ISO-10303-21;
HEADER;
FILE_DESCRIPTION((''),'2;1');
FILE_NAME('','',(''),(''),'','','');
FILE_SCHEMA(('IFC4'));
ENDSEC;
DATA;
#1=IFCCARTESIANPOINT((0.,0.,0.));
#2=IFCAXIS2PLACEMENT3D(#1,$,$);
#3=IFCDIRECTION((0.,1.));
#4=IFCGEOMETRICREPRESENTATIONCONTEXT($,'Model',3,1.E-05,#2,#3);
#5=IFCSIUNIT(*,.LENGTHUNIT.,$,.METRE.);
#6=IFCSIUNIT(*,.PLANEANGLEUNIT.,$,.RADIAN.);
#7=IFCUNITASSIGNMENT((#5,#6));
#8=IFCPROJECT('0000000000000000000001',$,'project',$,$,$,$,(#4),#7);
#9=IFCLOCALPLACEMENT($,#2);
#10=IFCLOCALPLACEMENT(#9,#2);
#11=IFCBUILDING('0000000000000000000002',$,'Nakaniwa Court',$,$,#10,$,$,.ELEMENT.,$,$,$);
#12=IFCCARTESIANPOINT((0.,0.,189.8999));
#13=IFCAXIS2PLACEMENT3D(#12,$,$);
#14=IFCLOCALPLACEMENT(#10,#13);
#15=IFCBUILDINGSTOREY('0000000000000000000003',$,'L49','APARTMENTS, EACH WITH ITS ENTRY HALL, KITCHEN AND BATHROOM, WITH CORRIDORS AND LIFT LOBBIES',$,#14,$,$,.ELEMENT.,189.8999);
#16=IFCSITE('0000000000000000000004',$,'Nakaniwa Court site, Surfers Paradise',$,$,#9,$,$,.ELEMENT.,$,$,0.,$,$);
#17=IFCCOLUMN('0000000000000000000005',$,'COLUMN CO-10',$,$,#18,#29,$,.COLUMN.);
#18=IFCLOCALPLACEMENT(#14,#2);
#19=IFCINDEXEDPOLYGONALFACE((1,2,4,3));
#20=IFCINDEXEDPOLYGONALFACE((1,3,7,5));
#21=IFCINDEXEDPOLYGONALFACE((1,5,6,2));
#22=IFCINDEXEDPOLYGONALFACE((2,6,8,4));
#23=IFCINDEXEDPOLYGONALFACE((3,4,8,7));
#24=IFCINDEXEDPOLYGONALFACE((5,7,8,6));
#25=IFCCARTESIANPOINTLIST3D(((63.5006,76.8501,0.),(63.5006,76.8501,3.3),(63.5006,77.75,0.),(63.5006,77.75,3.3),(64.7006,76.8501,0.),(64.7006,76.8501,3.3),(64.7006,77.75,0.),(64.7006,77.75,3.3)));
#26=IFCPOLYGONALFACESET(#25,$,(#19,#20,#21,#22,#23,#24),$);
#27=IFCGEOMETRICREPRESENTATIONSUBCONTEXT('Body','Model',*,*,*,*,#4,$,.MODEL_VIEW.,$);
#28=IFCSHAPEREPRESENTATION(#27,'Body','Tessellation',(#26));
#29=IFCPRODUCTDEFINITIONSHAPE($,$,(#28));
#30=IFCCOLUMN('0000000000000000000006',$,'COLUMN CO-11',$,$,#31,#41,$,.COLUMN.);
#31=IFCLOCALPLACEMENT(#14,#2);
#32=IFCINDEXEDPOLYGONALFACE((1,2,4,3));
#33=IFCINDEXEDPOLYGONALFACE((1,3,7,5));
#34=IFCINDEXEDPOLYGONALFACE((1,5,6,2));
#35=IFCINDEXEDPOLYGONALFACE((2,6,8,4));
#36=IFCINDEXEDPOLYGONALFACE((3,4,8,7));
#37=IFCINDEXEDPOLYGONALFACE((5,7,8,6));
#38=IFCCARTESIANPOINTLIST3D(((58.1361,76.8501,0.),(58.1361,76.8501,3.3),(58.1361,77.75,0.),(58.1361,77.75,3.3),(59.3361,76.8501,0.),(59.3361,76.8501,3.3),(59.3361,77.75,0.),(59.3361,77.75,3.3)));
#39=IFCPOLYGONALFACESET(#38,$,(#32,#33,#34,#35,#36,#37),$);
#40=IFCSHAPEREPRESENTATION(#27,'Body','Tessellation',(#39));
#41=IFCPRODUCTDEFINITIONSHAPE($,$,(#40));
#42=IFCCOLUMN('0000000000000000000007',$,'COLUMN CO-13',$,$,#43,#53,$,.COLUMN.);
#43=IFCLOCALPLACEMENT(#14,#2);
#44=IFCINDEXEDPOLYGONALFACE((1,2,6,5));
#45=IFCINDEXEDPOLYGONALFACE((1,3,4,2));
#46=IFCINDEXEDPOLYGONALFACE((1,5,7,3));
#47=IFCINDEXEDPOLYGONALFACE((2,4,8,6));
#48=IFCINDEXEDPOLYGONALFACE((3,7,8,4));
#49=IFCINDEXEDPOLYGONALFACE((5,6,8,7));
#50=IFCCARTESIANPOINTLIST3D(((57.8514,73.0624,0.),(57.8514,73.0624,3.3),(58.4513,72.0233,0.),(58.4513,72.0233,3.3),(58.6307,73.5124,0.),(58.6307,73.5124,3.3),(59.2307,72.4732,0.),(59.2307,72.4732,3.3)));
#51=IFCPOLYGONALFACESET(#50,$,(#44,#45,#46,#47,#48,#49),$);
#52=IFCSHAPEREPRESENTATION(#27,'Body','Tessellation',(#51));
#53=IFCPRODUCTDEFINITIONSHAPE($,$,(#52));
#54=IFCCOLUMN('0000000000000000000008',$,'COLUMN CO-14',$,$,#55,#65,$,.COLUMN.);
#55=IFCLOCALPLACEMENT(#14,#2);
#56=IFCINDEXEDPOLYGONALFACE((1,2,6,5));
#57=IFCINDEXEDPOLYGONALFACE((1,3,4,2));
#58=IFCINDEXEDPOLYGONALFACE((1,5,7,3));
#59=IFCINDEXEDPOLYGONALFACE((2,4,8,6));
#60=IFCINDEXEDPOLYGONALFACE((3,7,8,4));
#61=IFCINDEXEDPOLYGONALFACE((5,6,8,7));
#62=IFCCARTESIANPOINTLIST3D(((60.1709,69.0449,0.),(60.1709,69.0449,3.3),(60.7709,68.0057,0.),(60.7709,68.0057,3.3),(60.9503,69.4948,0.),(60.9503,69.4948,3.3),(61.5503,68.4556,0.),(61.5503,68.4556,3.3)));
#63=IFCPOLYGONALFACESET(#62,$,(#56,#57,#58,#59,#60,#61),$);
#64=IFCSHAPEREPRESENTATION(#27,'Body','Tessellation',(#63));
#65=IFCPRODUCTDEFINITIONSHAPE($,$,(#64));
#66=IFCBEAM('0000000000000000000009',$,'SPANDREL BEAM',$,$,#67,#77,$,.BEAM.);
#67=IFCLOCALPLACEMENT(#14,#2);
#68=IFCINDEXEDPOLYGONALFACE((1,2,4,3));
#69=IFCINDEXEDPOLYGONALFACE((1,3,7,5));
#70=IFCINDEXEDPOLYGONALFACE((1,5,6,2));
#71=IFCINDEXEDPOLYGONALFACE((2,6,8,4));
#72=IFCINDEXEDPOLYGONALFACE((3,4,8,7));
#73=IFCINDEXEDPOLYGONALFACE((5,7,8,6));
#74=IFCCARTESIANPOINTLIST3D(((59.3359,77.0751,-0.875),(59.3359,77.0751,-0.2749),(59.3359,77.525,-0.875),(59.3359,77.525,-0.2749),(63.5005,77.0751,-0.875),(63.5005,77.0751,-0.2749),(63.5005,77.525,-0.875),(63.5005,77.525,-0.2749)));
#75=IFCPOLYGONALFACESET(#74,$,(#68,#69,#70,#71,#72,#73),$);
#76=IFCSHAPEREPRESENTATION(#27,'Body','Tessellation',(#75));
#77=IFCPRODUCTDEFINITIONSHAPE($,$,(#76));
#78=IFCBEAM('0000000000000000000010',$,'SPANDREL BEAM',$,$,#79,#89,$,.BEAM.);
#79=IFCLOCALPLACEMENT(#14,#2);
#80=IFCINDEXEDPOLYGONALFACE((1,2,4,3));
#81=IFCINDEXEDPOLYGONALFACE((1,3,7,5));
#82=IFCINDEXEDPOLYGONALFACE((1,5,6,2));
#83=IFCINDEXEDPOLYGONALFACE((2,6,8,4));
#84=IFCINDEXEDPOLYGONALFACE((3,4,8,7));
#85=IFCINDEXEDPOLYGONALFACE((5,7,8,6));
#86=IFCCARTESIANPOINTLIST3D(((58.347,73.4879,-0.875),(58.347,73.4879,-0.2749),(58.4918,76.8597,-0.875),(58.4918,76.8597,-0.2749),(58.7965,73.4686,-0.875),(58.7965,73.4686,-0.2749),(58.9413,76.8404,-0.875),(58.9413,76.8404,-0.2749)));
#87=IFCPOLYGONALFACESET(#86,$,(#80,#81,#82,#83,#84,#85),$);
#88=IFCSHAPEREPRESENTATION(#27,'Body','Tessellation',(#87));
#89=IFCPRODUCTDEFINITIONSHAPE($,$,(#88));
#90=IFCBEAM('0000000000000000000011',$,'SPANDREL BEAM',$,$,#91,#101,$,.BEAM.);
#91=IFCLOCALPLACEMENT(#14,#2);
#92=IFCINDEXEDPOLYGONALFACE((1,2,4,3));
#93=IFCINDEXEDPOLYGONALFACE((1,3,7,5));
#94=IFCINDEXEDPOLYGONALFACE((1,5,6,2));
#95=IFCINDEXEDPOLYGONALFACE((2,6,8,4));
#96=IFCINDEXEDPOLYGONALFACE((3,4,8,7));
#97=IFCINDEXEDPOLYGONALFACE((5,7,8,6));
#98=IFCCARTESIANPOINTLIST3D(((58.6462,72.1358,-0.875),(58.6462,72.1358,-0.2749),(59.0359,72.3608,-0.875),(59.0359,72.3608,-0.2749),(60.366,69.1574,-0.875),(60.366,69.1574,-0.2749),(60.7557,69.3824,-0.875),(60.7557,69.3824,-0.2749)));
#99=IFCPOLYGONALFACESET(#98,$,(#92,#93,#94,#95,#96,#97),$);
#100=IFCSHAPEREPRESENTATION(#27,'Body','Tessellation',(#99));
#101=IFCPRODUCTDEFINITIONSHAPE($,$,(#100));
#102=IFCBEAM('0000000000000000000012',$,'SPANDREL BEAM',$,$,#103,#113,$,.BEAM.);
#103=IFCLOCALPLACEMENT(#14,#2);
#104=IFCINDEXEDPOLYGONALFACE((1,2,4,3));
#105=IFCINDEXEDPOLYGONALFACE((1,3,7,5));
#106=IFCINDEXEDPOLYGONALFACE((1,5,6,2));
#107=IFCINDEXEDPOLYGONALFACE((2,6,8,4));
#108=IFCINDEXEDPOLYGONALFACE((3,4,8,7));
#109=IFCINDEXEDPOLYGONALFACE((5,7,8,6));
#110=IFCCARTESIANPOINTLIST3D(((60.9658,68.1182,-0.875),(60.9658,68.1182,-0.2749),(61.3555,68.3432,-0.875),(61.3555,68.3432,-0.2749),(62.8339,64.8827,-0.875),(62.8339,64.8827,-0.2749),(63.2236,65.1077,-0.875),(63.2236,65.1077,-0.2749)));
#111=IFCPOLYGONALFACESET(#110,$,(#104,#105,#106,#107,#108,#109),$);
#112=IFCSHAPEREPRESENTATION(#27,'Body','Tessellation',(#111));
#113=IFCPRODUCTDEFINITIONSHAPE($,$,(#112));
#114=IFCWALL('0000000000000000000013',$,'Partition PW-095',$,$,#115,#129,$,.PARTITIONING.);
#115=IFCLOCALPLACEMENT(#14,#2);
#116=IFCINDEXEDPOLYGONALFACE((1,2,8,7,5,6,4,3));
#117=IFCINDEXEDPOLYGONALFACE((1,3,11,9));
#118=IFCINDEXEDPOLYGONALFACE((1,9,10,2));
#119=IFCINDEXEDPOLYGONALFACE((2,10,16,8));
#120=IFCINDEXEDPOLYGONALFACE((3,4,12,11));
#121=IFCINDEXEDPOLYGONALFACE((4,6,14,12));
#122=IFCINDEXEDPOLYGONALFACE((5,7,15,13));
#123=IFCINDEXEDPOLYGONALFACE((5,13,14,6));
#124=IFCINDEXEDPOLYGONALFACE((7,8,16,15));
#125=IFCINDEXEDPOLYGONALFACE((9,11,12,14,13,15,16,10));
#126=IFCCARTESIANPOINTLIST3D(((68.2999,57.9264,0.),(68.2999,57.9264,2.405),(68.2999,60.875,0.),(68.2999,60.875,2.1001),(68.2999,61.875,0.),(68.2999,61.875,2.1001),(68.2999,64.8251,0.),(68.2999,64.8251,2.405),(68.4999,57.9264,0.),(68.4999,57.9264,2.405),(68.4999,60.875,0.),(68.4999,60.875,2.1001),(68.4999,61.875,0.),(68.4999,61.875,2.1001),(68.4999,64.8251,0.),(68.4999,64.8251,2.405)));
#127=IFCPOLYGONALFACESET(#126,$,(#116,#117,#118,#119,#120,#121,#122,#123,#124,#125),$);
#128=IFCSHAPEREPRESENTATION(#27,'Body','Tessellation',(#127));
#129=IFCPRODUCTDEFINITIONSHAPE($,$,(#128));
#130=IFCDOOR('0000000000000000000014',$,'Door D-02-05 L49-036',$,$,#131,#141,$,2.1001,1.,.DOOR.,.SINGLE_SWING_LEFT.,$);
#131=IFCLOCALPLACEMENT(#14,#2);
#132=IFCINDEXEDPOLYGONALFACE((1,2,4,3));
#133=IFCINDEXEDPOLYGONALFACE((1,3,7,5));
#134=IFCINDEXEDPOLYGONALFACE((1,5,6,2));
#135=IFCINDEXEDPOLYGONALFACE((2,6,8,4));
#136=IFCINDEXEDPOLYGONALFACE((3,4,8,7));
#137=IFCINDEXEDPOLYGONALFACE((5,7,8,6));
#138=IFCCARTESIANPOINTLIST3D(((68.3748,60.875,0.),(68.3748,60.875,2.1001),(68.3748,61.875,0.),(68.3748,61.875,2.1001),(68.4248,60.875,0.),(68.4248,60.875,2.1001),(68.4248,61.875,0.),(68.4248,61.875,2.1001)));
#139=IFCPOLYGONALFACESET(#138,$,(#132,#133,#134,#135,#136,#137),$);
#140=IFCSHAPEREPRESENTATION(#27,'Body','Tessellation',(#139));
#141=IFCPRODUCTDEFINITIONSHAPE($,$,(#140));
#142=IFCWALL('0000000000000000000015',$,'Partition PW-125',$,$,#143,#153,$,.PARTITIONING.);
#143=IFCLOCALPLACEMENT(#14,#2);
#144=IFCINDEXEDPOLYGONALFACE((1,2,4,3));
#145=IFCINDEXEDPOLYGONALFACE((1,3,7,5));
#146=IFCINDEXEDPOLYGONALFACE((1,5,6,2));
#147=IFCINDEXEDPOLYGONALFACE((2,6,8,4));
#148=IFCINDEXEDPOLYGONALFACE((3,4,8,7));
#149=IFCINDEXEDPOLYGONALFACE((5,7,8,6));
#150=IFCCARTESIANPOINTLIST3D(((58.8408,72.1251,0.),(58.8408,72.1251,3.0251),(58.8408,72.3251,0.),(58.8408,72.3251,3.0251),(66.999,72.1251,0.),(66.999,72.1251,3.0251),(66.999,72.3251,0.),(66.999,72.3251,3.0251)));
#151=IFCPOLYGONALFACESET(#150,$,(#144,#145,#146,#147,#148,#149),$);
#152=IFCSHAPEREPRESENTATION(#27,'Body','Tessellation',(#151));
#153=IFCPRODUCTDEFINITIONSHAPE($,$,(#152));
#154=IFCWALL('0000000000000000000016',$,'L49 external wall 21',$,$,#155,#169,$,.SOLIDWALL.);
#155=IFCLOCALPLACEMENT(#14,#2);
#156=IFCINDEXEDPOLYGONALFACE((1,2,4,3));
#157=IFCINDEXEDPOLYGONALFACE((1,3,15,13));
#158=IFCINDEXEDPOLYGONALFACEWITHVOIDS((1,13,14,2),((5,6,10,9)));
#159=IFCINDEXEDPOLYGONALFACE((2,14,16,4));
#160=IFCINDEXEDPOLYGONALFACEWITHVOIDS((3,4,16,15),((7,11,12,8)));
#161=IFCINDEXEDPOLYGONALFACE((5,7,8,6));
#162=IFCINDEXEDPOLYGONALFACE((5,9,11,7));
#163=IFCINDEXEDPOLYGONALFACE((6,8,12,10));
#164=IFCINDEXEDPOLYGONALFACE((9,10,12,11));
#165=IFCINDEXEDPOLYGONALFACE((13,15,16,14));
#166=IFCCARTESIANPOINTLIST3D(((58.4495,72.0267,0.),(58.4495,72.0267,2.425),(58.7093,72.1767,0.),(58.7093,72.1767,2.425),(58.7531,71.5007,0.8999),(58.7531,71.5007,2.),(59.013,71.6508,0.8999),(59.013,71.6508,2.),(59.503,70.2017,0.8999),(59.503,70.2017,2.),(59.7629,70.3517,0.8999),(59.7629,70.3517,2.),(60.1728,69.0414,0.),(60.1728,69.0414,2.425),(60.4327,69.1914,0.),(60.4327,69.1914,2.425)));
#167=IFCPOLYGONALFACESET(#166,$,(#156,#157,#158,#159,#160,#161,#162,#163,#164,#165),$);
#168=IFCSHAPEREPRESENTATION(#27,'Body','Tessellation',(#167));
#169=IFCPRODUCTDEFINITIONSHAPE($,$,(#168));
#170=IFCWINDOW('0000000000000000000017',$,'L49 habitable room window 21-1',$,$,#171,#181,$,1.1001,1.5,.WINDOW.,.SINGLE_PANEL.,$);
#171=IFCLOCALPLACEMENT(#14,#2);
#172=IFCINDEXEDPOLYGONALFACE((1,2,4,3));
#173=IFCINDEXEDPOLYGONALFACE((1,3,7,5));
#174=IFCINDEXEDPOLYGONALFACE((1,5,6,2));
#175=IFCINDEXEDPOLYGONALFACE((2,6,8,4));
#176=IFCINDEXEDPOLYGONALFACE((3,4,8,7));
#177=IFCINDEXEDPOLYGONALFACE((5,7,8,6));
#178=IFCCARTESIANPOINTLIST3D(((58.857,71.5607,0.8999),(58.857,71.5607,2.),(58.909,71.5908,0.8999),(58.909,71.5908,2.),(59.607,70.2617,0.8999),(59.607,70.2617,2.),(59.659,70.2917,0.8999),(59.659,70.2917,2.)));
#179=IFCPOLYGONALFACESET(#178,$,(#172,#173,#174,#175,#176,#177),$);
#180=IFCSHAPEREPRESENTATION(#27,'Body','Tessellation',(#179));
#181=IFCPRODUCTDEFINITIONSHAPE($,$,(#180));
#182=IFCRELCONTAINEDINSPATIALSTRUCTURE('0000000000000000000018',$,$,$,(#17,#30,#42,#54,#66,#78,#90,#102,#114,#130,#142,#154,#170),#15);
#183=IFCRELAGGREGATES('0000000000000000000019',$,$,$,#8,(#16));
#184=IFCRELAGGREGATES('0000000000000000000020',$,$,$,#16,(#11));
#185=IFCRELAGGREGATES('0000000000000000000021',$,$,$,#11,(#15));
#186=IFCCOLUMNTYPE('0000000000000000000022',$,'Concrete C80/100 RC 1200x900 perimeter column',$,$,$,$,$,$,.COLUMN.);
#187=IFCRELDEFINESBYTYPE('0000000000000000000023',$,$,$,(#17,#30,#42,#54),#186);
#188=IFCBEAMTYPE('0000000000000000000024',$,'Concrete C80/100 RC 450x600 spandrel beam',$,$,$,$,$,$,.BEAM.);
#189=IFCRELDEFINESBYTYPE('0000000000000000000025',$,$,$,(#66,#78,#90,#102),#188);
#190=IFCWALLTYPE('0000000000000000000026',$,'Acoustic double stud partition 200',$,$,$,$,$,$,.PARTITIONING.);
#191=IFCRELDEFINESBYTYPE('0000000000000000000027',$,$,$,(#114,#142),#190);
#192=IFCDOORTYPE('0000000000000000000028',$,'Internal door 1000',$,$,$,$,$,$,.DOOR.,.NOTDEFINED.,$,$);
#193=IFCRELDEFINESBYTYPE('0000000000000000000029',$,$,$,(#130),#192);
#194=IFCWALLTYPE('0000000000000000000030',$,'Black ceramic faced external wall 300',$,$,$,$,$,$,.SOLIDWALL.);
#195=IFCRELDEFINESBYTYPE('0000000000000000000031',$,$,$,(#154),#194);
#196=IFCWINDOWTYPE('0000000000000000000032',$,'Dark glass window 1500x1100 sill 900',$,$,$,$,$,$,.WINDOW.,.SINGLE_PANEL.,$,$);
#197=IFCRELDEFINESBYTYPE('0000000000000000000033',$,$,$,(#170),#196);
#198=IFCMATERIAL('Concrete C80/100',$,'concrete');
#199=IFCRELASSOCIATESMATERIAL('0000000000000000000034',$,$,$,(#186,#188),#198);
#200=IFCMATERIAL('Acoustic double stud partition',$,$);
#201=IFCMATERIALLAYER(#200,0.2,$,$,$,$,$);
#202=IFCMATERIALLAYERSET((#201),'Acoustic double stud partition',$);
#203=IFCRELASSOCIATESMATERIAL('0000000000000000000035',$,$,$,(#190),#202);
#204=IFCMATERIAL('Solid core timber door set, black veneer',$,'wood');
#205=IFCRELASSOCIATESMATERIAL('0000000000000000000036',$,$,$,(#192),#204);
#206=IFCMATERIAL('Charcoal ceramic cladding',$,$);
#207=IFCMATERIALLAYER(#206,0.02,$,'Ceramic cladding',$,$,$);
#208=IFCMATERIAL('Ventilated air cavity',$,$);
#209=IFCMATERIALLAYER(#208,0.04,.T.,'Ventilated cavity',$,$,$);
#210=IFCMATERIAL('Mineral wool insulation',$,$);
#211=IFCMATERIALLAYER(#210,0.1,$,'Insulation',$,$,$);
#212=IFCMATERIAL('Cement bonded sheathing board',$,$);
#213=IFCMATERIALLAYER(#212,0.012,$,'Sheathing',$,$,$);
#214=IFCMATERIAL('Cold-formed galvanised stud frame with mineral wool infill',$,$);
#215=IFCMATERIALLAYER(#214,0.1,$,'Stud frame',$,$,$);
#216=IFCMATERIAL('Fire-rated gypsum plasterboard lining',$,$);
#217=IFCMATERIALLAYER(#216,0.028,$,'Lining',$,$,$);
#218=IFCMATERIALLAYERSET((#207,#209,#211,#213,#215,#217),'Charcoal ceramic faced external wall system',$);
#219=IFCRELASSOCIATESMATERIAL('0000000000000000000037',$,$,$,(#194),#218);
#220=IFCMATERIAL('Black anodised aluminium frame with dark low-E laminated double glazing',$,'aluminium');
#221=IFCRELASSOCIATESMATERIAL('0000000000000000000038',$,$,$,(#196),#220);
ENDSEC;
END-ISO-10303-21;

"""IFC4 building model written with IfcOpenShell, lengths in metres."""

from ifc_helpers import new_model, si_unit, direction, frame, frame_2d, origin, origin_2d, place, context, subcontext, project, spatial, rectangle, extrude, material, layer, layer_set, material_profile, profile_set, type_object, element, fill, save


model = new_model("IFC4")

# Units and contexts
model_context = context("Model", 3, precision=1e-05, world=origin(), true_north=direction((0.0, 1.0)))
body_context = subcontext(model_context, "Body", "Model", "MODEL_VIEW")
ifc_project = project(units=[si_unit("LENGTHUNIT", "METRE"), si_unit("PLANEANGLEUNIT", "RADIAN")], contexts=[model_context])

# Site, building, storey
site_placement = place(None, origin())
site = spatial("IfcSite", under=ifc_project, at=site_placement, Name="Nakaniwa Court site, Surfers Paradise", CompositionType="ELEMENT", RefElevation=0.0)
building_placement = place(site_placement, origin())
building = spatial("IfcBuilding", under=site, at=building_placement, Name="Nakaniwa Court", CompositionType="ELEMENT")
storey_placement = place(building_placement, frame((0.0, 0.0, 189.8999)))
storey = spatial("IfcBuildingStorey", under=building, at=storey_placement, Name="L49", Description="APARTMENTS, EACH WITH ITS ENTRY HALL, KITCHEN AND BATHROOM, WITH CORRIDORS AND LIFT LOBBIES", CompositionType="ELEMENT", Elevation=189.8999)

# Columns
ifc_material_1 = material(Name="Concrete C80/100", Category="concrete")
ifc_material_profile_1 = material_profile(ifc_material_1, rectangle(XDim=1.2, YDim=0.8999, at=origin_2d()), Name="Concrete C80/100 RC 1200x900 perimeter column")
ifc_profile_set_1 = profile_set([ifc_material_profile_1], Name="Concrete C80/100")
column_type = type_object("IfcColumnType", Name="Concrete C80/100 RC 1200x900 perimeter column", PredefinedType="COLUMN", material=ifc_profile_set_1)
for number, where, z_axis, x_axis, name in (
    (1, (64.1006, 77.3, 0.0), (0.0, 0.0, 1.0), (-1.0, 0.0, 0.0), "COLUMN CO-10"),
    (2, (58.7361, 77.3, 0.0), (0.0, 0.0, 1.0), (-1.0, 0.0, 0.0), "COLUMN CO-11"),
    (3, (58.541, 72.7678, 0.0), (0.0, 0.0, 1.0), (0.5, -0.866025, 0.0), "COLUMN CO-13"),
    (4, (60.8606, 68.7502, 0.0), (0.0, 0.0, 1.0), (0.5, -0.866025, 0.0), "COLUMN CO-14"),
):
    element("IfcColumn", number, at=place(storey_placement, frame(where, z_axis=z_axis, x_axis=x_axis)), inside=storey, type_object=column_type, Name=name, PredefinedType="COLUMN", context=body_context, shape_type="SweptSolid", body=[
        extrude(rectangle(XDim=1.2, YDim=0.8999, at=origin_2d()), origin(), (0.0, 0.0, 1.0), 3.3),
    ])

# Beams
ifc_material_profile_2 = material_profile(ifc_material_1, rectangle(XDim=0.45, YDim=0.6001, at=origin_2d()), Name="Concrete C80/100 RC 450x600 spandrel beam")
ifc_profile_set_2 = profile_set([ifc_material_profile_2], Name="Concrete C80/100")
beam_type = type_object("IfcBeamType", Name="Concrete C80/100 RC 450x600 spandrel beam", PredefinedType="BEAM", material=ifc_profile_set_2)
beam_1_placement = place(storey_placement, frame((63.5005, 77.3, -0.575), z_axis=(-1.0, 0.0, 0.0), x_axis=(0.0, -1.0, 0.0)))
element("IfcBeam", 5, at=beam_1_placement, inside=storey, type_object=beam_type, Name="SPANDREL BEAM", PredefinedType="BEAM", context=body_context, shape_type="SweptSolid", body=[
    extrude(rectangle(XDim=0.45, YDim=0.6001, at=origin_2d()), origin(), (0.0, 0.0, 1.0), 4.1646),
])
beam_2_placement = place(storey_placement, frame((58.7166, 76.8501, -0.575), z_axis=(-0.042897, -0.999079, 0.0), x_axis=(0.999079, -0.042897, 0.0)))
element("IfcBeam", 6, at=beam_2_placement, inside=storey, type_object=beam_type, Name="SPANDREL BEAM", PredefinedType="BEAM", context=body_context, shape_type="SweptSolid", body=[
    extrude(rectangle(XDim=0.45, YDim=0.6001, at=origin_2d()), origin(), (0.0, 0.0, 1.0), 3.375),
])
beam_3_placement = place(storey_placement, frame((58.8411, 72.2483, -0.575), z_axis=(0.500048, -0.865998, 0.0), x_axis=(0.865998, 0.500048, 0.0)))
element("IfcBeam", 7, at=beam_3_placement, inside=storey, type_object=beam_type, Name="SPANDREL BEAM", PredefinedType="BEAM", context=body_context, shape_type="SweptSolid", body=[
    extrude(rectangle(XDim=0.45, YDim=0.6001, at=origin_2d()), origin(), (0.0, 0.0, 1.0), 3.4392),
])
beam_4_placement = place(storey_placement, frame((61.1606, 68.2307, -0.575), z_axis=(0.500018, -0.866015, 0.0), x_axis=(0.866015, 0.500018, 0.0)))
element("IfcBeam", 8, at=beam_4_placement, inside=storey, type_object=beam_type, Name="SPANDREL BEAM", PredefinedType="BEAM", context=body_context, shape_type="SweptSolid", body=[
    extrude(rectangle(XDim=0.45, YDim=0.6001, at=origin_2d()), origin(), (0.0, 0.0, 1.0), 3.7361),
])

# Wall, opening, door
ifc_material_2 = material(Name="Acoustic double stud partition")
ifc_layer_1 = layer(ifc_material_2, 0.2)
ifc_layer_set_1 = layer_set([ifc_layer_1], Name="Acoustic double stud partition")
wall_type_1 = type_object("IfcWallType", Name="Acoustic double stud partition 200", PredefinedType="PARTITIONING", material=ifc_layer_set_1)
wall_1_placement = place(storey_placement, frame((68.3999, 64.825, 0.0), z_axis=(0.0, 0.0, 1.0), x_axis=(0.0, -1.0, 0.0)))
wall_1 = element("IfcWall", 9, at=wall_1_placement, inside=storey, type_object=wall_type_1, Name="Partition PW-095", PredefinedType="PARTITIONING", context=body_context, shape_type="SweptSolid", body=[
    extrude(rectangle(XDim=6.8987, YDim=0.2, at=frame_2d((3.4492, 0.0))), origin(), (0.0, 0.0, 1.0), 2.405),
])
opening_1_placement = place(wall_1_placement, frame((2.95, 0.0, 0.0)))
opening_1 = element("IfcOpeningElement", 10, at=opening_1_placement, cuts=wall_1, PredefinedType="OPENING", context=body_context, shape_type="SweptSolid", body=[
    extrude(rectangle(XDim=1.0, YDim=2.1001, at=frame_2d((0.5, 1.05))), frame((0.0, 0.1099, 0.0), z_axis=(0.0, -1.0, 0.0), x_axis=(1.0, 0.0, 0.0)), (0.0, 0.0, 1.0), 0.22),
])
ifc_material_3 = material(Name="Solid core timber door set, black veneer", Category="wood")
door_type_1 = type_object("IfcDoorType", Name="Internal door 1000", OperationType="NOTDEFINED", PredefinedType="DOOR", material=ifc_material_3)
door_1_placement = place(opening_1_placement, origin())
door_1 = element("IfcDoor", 11, at=door_1_placement, inside=storey, type_object=door_type_1, Name="Door D-02-05 L49-036", OperationType="SINGLE_SWING_LEFT", OverallHeight=2.1001, OverallWidth=1.0, PredefinedType="DOOR", context=body_context, shape_type="SweptSolid", body=[
    extrude(rectangle(XDim=1.0, YDim=2.1001, at=frame_2d((0.5, 1.05))), frame((0.0, 0.0249, 0.0), z_axis=(0.0, -1.0, 0.0), x_axis=(1.0, 0.0, 0.0)), (0.0, 0.0, 1.0), 0.05),
])
fill(opening_1, door_1)

# Wall
wall_2_placement = place(storey_placement, frame((58.8408, 72.2251, 0.0), z_axis=(0.0, 0.0, 1.0), x_axis=(1.0, 0.0, 0.0)))
element("IfcWall", 12, at=wall_2_placement, inside=storey, type_object=wall_type_1, Name="Partition PW-125", PredefinedType="PARTITIONING", context=body_context, shape_type="SweptSolid", body=[
    extrude(rectangle(XDim=8.1582, YDim=0.2, at=frame_2d((4.0791, 0.0))), origin(), (0.0, 0.0, 1.0), 3.0251),
])

# Wall, opening, window
ifc_material_4 = material(Name="Charcoal ceramic cladding")
ifc_layer_2 = layer(ifc_material_4, 0.02, Name="Ceramic cladding")
ifc_material_5 = material(Name="Ventilated air cavity")
ifc_layer_3 = layer(ifc_material_5, 0.04, ventilated=True, Name="Ventilated cavity")
ifc_material_6 = material(Name="Mineral wool insulation")
ifc_layer_4 = layer(ifc_material_6, 0.1, Name="Insulation")
ifc_material_7 = material(Name="Cement bonded sheathing board")
ifc_layer_5 = layer(ifc_material_7, 0.012, Name="Sheathing")
ifc_material_8 = material(Name="Cold-formed galvanised stud frame with mineral wool infill")
ifc_layer_6 = layer(ifc_material_8, 0.1, Name="Stud frame")
ifc_material_9 = material(Name="Fire-rated gypsum plasterboard lining")
ifc_layer_7 = layer(ifc_material_9, 0.028, Name="Lining")
ifc_layer_set_2 = layer_set([ifc_layer_2, ifc_layer_3, ifc_layer_4, ifc_layer_5, ifc_layer_6, ifc_layer_7], Name="Charcoal ceramic faced external wall system")
wall_type_2 = type_object("IfcWallType", Name="Black ceramic faced external wall 300", PredefinedType="SOLIDWALL", material=ifc_layer_set_2)
wall_3_placement = place(storey_placement, frame((58.5793, 72.1018, 0.0), z_axis=(0.0, 0.0, 1.0), x_axis=(0.499955, -0.866051, 0.0)))
wall_3 = element("IfcWall", 13, at=wall_3_placement, inside=storey, type_object=wall_type_2, Name="L49 external wall 21", PredefinedType="SOLIDWALL", context=body_context, shape_type="SweptSolid", body=[
    extrude(rectangle(XDim=3.447, YDim=0.3, at=frame_2d((1.7236, 0.0))), origin(), (0.0, 0.0, 1.0), 2.425),
])
opening_2_placement = place(wall_3_placement, frame((0.6074, 0.0, 0.8999)))
opening_2 = element("IfcOpeningElement", 14, at=opening_2_placement, cuts=wall_3, PredefinedType="OPENING", context=body_context, shape_type="SweptSolid", body=[
    extrude(rectangle(XDim=1.5, YDim=1.1001, at=frame_2d((0.75, 0.55))), frame((0.0, 0.1599, 0.0), z_axis=(0.0, -1.0, 0.0), x_axis=(1.0, 0.0, 0.0)), (0.0, 0.0, 1.0), 0.3201),
])
ifc_material_10 = material(Name="Black anodised aluminium frame with dark low-E laminated double glazing", Category="aluminium")
window_type = type_object("IfcWindowType", Name="Dark glass window 1500x1100 sill 900", PartitioningType="SINGLE_PANEL", PredefinedType="WINDOW", material=ifc_material_10)
window_placement = place(opening_2_placement, origin())
window = element("IfcWindow", 15, at=window_placement, inside=storey, type_object=window_type, Name="L49 habitable room window 21-1", OverallHeight=1.1001, OverallWidth=1.5, PartitioningType="SINGLE_PANEL", PredefinedType="WINDOW", context=body_context, shape_type="SweptSolid", body=[
    extrude(rectangle(XDim=1.5, YDim=1.1001, at=frame_2d((0.75, 0.55))), frame((0.0, 0.03, 0.0), z_axis=(0.0, -1.0, 0.0), x_axis=(1.0, 0.0, 0.0)), (0.0, 0.0, 1.0), 0.0601),
])
fill(opening_2, window)

save(model, "model.ifc")
